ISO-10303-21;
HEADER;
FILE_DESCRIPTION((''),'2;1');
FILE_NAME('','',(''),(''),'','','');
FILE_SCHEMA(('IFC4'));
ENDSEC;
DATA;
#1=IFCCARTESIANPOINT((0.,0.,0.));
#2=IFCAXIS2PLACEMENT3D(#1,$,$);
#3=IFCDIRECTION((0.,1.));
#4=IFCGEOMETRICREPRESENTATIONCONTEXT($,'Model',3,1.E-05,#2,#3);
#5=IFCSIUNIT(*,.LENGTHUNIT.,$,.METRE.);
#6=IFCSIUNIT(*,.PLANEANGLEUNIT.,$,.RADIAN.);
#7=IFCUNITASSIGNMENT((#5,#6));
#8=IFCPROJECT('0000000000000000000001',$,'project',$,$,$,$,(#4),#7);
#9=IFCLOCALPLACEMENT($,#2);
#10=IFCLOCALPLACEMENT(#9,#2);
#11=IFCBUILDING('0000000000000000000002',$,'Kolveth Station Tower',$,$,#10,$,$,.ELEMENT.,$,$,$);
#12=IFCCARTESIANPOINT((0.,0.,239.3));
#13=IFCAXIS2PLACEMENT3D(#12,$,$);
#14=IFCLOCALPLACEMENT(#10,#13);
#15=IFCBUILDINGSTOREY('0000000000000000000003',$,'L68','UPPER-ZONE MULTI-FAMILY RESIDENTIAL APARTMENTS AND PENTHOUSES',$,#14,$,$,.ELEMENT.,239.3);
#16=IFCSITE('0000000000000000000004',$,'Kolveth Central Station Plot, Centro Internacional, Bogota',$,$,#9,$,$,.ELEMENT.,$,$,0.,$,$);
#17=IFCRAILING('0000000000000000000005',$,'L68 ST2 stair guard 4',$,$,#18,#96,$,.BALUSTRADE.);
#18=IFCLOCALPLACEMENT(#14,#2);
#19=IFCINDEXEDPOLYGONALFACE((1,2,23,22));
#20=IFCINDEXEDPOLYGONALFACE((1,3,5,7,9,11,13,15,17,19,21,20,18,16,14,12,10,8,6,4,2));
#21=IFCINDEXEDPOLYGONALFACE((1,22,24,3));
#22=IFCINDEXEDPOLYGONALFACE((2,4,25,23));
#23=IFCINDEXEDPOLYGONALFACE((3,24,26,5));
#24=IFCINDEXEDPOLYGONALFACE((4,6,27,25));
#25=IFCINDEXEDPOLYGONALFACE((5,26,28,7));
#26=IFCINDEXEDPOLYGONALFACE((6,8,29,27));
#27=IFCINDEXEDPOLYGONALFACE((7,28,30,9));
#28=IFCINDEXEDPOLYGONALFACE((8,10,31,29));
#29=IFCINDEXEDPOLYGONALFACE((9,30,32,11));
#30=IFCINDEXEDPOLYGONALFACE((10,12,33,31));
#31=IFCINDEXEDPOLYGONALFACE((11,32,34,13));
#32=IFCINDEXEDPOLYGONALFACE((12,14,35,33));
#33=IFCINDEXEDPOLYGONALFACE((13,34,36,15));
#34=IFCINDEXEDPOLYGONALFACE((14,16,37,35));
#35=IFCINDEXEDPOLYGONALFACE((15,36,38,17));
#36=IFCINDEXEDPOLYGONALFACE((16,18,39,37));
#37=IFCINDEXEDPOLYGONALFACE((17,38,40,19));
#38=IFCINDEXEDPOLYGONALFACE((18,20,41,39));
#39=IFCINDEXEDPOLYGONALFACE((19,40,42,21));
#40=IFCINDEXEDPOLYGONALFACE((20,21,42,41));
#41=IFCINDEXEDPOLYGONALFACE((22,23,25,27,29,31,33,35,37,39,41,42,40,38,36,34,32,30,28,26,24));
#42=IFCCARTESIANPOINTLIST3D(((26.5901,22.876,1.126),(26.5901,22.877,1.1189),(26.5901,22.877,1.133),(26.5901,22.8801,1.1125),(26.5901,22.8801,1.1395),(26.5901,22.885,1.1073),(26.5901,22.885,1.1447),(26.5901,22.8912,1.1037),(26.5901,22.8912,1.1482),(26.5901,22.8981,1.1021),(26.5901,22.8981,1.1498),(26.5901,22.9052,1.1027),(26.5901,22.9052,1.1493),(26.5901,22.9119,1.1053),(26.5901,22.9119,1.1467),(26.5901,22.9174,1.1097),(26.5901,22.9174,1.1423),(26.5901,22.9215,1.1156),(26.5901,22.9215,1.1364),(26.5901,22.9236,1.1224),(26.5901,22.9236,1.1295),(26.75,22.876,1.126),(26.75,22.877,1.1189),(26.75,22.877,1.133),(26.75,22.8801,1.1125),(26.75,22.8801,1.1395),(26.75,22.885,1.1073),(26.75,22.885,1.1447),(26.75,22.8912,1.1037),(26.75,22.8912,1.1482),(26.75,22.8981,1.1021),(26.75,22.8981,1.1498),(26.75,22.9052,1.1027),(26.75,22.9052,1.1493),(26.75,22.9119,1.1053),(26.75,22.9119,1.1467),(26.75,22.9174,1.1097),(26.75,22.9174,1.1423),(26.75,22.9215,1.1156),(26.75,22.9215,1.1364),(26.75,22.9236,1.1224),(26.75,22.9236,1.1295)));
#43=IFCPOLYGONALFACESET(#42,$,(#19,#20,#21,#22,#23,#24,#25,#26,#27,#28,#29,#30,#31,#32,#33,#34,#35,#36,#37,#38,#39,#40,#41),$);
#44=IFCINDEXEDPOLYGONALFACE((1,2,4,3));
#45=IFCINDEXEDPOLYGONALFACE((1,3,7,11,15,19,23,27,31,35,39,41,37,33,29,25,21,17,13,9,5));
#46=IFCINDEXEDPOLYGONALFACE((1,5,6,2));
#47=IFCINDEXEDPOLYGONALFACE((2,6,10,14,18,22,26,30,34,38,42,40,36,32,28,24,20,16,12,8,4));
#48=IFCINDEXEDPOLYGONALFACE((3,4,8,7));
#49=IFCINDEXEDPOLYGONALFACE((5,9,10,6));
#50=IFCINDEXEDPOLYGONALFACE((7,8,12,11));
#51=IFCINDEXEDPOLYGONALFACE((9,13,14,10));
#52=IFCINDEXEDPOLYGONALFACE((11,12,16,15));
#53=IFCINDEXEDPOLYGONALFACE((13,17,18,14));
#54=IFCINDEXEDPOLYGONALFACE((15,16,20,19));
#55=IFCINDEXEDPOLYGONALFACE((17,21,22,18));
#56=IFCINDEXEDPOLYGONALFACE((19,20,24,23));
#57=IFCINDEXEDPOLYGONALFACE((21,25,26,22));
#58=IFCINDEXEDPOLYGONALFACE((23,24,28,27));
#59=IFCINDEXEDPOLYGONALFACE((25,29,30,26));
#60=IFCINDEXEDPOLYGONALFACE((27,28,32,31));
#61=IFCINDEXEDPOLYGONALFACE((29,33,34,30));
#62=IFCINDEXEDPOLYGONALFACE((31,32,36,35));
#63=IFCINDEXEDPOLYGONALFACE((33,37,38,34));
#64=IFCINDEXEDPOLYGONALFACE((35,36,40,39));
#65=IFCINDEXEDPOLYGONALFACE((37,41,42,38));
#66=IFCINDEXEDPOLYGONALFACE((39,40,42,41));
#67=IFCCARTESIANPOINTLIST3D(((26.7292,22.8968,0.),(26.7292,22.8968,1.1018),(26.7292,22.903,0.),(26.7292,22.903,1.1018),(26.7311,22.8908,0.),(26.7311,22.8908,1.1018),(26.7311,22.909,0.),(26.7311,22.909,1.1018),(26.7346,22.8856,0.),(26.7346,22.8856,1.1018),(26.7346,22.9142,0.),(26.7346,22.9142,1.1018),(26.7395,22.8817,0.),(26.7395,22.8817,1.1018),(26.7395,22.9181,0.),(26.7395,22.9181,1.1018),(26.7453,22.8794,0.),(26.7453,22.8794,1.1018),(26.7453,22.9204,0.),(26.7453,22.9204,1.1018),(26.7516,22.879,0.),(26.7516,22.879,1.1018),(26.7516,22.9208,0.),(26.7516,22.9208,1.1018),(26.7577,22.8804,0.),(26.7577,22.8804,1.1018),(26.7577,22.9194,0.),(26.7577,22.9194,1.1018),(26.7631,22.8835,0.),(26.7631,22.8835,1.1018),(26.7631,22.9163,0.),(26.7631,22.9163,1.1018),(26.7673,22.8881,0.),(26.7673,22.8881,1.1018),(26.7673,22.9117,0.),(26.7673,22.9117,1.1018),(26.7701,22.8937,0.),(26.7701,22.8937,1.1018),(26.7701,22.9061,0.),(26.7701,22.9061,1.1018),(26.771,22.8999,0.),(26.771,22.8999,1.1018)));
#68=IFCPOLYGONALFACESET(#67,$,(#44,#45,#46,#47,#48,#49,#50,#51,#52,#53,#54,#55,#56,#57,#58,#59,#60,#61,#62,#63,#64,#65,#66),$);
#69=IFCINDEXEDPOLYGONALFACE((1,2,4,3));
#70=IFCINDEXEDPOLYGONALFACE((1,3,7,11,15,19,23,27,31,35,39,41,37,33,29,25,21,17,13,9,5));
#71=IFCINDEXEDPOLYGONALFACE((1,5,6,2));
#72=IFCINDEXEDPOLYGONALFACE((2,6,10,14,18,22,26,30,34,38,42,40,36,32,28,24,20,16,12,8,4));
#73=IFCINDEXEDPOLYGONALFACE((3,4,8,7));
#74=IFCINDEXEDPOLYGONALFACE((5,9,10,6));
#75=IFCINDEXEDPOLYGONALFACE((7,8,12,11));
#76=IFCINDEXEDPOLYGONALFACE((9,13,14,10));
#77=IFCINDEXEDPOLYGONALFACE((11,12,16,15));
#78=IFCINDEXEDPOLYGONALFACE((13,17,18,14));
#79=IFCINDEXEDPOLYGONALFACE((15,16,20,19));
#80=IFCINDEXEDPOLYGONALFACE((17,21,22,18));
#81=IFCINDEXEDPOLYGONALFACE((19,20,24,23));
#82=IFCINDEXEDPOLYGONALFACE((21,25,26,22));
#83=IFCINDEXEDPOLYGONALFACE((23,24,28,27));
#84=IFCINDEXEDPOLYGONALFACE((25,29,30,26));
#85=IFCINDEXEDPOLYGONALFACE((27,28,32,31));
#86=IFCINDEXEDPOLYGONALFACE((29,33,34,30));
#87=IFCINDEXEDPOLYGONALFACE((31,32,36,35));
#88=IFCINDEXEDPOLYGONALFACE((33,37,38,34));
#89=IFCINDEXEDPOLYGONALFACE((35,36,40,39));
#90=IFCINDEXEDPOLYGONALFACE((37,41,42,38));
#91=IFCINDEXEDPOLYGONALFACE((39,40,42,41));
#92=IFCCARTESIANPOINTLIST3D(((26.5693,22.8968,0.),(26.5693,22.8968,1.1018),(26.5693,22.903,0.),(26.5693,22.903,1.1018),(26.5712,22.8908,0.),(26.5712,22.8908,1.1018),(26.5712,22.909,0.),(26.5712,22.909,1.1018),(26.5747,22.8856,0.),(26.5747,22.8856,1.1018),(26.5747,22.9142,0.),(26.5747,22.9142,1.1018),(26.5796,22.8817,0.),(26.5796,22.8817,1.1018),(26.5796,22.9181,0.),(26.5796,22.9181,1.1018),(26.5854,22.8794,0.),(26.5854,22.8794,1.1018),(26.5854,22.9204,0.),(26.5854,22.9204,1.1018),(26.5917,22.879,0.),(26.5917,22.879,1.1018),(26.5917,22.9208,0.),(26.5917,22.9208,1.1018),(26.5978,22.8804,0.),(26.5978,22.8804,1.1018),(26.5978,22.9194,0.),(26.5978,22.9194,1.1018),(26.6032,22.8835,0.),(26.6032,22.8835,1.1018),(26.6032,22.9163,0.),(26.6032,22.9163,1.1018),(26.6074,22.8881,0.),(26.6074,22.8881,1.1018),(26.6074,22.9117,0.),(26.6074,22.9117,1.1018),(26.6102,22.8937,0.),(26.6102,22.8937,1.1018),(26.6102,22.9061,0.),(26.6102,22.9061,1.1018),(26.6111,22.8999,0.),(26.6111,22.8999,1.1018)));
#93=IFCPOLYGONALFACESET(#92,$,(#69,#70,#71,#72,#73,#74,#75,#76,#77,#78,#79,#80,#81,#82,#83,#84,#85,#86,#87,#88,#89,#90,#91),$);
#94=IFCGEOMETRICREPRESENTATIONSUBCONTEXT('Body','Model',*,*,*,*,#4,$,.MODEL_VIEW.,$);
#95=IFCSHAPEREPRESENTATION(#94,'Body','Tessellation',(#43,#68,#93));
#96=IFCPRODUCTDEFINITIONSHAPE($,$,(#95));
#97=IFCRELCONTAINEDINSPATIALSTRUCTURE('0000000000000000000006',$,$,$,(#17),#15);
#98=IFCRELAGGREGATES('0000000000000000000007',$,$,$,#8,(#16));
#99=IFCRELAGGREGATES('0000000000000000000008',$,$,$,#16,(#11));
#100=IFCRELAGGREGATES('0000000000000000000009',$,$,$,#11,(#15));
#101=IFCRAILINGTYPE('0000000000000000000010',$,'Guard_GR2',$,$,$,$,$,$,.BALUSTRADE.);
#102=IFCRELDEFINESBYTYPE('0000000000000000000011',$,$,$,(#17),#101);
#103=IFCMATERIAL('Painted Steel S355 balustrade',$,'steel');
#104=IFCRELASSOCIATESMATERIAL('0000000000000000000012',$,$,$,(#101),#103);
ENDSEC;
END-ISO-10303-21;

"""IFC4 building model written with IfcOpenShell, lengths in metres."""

from ifc_helpers import new_model, si_unit, direction, frame, origin, origin_2d, place, context, subcontext, project, spatial, circle, extrude, material, type_object, element, save


model = new_model("IFC4")

# Units and contexts
model_context = context("Model", 3, precision=1e-05, world=origin(), true_north=direction((0.0, 1.0)))
body_context = subcontext(model_context, "Body", "Model", "MODEL_VIEW")
ifc_project = project(units=[si_unit("LENGTHUNIT", "METRE"), si_unit("PLANEANGLEUNIT", "RADIAN")], contexts=[model_context])

# Site, building, storey
site_placement = place(None, origin())
site = spatial("IfcSite", under=ifc_project, at=site_placement, Name="Kolveth Central Station Plot, Centro Internacional, Bogota", CompositionType="ELEMENT", RefElevation=0.0)
building_placement = place(site_placement, origin())
building = spatial("IfcBuilding", under=site, at=building_placement, Name="Kolveth Station Tower", CompositionType="ELEMENT")
storey_placement = place(building_placement, frame((0.0, 0.0, 239.3)))
storey = spatial("IfcBuildingStorey", under=building, at=storey_placement, Name="L68", Description="UPPER-ZONE MULTI-FAMILY RESIDENTIAL APARTMENTS AND PENTHOUSES", CompositionType="ELEMENT", Elevation=239.3)

# Railing
ifc_material_1 = material(Name="Painted Steel S355 balustrade", Category="steel")
railing_type_1 = type_object("IfcRailingType", Name="Guard_GR2", PredefinedType="BALUSTRADE", material=ifc_material_1)
railing_1_placement = place(storey_placement, frame((26.75, 22.8999, 0.0)))
element("IfcRailing", 1, at=railing_1_placement, inside=storey, type_object=railing_type_1, Name="L68 ST2 stair guard 4", PredefinedType="BALUSTRADE", context=body_context, shape_type="SweptSolid", body=[
    extrude(circle(Radius=0.0239, at=origin_2d()), frame((0.0, 0.0, 1.126), z_axis=(-1.0, 0.0, 0.0), x_axis=(0.0, -1.0, 0.0)), (0.0, 0.0, 1.0), 0.1599),
    extrude(circle(Radius=0.021, at=origin_2d()), origin(), (0.0, 0.0, 1.0), 1.1018),
    extrude(circle(Radius=0.021, at=origin_2d()), frame((-0.1599, 0.0, 0.0)), (0.0, 0.0, 1.0), 1.1018),
])

save(model, "model.ifc")
